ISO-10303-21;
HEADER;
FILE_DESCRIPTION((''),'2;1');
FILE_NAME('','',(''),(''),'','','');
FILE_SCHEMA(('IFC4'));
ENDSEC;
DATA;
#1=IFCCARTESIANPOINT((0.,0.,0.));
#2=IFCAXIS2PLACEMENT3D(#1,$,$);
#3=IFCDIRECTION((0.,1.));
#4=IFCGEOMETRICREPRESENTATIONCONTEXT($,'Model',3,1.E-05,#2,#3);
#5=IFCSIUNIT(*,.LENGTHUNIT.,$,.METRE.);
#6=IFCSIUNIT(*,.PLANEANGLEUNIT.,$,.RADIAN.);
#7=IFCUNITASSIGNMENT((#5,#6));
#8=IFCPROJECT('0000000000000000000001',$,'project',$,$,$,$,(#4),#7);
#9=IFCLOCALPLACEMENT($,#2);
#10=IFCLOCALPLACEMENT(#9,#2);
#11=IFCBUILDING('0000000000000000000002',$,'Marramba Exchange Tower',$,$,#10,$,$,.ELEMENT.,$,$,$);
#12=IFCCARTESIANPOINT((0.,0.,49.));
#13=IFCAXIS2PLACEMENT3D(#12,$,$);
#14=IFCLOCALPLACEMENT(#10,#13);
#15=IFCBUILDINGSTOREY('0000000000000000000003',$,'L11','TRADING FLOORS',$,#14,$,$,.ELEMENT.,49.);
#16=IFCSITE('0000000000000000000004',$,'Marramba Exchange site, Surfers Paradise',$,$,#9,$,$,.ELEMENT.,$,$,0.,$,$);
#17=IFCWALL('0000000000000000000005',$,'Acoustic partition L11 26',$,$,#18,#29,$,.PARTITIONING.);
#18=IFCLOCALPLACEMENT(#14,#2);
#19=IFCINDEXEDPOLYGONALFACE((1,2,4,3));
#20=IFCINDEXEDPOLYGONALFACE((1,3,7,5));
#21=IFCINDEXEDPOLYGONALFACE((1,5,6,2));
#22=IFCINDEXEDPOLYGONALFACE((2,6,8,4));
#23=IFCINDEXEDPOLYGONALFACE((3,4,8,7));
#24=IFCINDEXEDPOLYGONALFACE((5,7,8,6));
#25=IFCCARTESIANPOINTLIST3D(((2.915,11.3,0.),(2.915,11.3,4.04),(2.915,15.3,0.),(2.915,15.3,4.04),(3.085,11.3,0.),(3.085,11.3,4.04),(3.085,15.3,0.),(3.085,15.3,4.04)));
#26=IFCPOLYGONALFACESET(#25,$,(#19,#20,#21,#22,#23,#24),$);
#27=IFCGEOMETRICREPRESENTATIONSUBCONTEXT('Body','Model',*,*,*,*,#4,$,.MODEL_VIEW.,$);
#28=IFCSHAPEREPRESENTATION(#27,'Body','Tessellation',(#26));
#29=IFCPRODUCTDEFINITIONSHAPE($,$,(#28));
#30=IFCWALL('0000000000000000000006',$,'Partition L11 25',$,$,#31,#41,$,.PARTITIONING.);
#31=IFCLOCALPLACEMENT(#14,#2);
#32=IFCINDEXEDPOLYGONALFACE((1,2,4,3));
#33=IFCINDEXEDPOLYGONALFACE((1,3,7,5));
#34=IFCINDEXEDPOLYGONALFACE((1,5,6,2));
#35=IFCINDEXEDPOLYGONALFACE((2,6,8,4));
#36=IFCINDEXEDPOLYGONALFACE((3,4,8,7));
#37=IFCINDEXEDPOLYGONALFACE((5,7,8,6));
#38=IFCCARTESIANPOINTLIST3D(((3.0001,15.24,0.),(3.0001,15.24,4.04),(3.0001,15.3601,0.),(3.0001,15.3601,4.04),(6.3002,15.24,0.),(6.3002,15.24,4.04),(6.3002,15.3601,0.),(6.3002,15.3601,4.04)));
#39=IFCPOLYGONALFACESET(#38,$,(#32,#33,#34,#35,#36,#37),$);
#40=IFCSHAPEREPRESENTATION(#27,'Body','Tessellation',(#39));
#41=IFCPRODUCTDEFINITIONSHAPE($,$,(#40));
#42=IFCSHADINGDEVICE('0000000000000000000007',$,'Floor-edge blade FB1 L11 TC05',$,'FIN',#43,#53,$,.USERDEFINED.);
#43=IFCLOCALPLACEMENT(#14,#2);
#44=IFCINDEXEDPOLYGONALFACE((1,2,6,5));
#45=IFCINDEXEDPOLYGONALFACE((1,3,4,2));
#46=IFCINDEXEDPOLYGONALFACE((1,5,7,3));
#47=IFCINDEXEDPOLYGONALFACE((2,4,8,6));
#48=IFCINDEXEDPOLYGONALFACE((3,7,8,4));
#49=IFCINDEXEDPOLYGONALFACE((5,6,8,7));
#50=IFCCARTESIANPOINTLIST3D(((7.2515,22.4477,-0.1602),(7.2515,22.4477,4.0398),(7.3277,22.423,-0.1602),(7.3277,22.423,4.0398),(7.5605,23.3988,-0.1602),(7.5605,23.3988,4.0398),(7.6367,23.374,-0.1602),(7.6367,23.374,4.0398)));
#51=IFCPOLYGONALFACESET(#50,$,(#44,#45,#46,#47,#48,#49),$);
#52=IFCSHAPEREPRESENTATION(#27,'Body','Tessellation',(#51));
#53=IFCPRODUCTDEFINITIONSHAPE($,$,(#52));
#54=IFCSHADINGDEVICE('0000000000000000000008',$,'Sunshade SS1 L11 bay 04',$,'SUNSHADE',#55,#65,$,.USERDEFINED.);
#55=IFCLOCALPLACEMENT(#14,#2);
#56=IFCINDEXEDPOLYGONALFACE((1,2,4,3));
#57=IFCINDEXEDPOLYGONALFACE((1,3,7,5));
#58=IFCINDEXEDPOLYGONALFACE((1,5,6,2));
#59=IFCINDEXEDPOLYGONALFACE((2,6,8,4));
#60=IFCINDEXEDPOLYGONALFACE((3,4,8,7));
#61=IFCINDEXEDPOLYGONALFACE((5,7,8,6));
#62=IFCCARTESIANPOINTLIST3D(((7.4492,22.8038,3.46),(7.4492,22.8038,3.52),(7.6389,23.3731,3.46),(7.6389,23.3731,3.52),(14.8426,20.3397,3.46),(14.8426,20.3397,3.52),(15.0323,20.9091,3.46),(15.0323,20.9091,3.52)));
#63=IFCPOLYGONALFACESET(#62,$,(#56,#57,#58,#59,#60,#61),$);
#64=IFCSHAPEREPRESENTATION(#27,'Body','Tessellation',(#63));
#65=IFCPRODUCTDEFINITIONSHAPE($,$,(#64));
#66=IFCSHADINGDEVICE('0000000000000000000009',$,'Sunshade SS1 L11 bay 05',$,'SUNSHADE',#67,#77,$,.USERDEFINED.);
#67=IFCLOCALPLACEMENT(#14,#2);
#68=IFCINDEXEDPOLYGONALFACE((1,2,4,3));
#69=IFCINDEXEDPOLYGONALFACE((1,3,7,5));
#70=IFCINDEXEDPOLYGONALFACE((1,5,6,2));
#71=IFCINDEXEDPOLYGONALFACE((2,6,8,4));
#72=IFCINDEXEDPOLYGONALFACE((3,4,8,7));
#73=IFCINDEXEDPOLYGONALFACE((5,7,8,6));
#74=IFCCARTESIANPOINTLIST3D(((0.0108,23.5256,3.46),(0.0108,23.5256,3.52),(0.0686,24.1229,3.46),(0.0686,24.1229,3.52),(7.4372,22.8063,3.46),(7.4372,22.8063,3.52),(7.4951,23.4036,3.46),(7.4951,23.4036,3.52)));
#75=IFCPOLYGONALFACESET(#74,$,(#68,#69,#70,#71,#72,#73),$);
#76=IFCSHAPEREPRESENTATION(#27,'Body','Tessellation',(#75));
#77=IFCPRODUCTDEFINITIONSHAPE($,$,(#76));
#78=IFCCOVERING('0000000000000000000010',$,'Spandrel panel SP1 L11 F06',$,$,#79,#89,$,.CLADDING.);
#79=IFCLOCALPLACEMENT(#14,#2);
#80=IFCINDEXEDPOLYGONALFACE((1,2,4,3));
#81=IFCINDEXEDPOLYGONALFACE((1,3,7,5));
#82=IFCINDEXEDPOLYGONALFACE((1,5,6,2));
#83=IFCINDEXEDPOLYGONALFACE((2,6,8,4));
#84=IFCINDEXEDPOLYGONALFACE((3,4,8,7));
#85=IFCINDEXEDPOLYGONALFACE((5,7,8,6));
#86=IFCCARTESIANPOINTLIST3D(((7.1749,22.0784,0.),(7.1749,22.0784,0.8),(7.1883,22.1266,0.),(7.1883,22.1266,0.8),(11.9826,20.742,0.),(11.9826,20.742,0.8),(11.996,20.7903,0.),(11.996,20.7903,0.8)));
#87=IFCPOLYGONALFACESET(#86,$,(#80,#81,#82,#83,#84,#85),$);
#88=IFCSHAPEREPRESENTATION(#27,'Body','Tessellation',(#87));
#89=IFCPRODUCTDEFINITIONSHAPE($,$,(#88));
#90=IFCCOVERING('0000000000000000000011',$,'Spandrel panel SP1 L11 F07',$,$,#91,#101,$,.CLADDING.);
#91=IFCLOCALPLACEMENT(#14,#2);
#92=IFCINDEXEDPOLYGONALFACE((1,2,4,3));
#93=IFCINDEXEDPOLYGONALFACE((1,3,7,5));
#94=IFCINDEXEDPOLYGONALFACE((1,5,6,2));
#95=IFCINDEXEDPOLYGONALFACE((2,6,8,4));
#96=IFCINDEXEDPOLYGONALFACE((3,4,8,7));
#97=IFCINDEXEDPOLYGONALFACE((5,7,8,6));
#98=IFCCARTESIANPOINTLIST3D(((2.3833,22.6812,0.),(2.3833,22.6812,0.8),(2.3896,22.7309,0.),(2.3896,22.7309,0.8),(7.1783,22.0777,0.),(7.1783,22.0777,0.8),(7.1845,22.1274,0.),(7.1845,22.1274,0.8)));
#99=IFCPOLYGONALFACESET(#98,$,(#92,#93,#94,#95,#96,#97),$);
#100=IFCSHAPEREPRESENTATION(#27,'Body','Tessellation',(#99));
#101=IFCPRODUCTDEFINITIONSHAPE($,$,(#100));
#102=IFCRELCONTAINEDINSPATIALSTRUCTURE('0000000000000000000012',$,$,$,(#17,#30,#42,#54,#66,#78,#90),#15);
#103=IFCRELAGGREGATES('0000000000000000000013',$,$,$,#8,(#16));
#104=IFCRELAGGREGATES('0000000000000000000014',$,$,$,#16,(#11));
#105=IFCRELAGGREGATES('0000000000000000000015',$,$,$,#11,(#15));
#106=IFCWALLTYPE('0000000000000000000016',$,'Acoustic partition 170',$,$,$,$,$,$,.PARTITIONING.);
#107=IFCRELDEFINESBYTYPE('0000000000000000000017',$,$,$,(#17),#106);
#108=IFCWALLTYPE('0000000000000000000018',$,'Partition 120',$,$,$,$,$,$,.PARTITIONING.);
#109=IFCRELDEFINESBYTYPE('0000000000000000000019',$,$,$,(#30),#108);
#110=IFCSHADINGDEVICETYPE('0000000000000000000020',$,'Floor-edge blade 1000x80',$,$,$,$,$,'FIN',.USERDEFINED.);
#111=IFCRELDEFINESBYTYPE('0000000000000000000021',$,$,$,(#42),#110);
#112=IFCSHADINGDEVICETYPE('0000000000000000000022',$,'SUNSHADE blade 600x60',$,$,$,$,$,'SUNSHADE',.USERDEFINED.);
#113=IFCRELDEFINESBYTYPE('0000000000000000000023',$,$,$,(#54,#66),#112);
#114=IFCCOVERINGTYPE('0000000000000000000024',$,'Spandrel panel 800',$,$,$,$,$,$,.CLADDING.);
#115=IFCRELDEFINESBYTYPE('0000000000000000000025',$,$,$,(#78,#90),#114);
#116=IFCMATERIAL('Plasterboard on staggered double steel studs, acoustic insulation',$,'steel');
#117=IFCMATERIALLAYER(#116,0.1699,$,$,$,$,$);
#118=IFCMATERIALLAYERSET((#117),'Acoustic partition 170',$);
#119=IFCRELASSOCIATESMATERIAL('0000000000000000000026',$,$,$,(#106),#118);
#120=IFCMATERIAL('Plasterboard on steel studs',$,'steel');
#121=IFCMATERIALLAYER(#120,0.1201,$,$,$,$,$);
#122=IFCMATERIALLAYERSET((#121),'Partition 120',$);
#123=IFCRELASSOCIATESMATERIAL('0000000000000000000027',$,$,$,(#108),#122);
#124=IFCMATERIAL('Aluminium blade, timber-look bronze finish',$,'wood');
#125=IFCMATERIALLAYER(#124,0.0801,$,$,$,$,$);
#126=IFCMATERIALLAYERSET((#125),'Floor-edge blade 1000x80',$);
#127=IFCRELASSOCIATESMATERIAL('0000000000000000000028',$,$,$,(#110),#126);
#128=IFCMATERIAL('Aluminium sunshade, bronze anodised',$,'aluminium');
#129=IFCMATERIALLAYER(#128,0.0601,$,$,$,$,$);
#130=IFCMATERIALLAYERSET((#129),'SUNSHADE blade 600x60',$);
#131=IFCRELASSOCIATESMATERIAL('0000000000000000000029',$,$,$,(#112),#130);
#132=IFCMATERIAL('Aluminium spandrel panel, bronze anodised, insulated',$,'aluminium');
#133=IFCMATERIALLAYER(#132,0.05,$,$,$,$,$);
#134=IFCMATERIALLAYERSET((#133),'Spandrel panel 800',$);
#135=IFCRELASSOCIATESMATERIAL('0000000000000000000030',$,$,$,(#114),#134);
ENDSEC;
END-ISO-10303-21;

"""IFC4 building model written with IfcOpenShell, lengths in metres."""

from ifc_helpers import new_model, si_unit, direction, frame, frame_2d, origin, origin_2d, place, context, subcontext, project, spatial, rectangle, extrude, material, layer, layer_set, type_object, element, save


model = new_model("IFC4")

# Units and contexts
model_context = context("Model", 3, precision=1e-05, world=origin(), true_north=direction((0.0, 1.0)))
body_context = subcontext(model_context, "Body", "Model", "MODEL_VIEW")
ifc_project = project(units=[si_unit("LENGTHUNIT", "METRE"), si_unit("PLANEANGLEUNIT", "RADIAN")], contexts=[model_context])

# Site, building, storey
site_placement = place(None, origin())
site = spatial("IfcSite", under=ifc_project, at=site_placement, Name="Marramba Exchange site, Surfers Paradise", CompositionType="ELEMENT", RefElevation=0.0)
building_placement = place(site_placement, origin())
building = spatial("IfcBuilding", under=site, at=building_placement, Name="Marramba Exchange Tower", CompositionType="ELEMENT")
storey_placement = place(building_placement, frame((0.0, 0.0, 49.0)))
storey = spatial("IfcBuildingStorey", under=building, at=storey_placement, Name="L11", Description="TRADING FLOORS", CompositionType="ELEMENT", Elevation=49.0)

# Wall
ifc_material_1 = material(Name="Plasterboard on staggered double steel studs, acoustic insulation", Category="steel")
ifc_layer_1 = layer(ifc_material_1, 0.1699)
ifc_layer_set_1 = layer_set([ifc_layer_1], Name="Acoustic partition 170")
wall_type_1 = type_object("IfcWallType", Name="Acoustic partition 170", PredefinedType="PARTITIONING", material=ifc_layer_set_1)
wall_1_placement = place(storey_placement, frame((3.0, 15.3, 0.0), z_axis=(0.0, 0.0, 1.0), x_axis=(0.0, -1.0, 0.0)))
element("IfcWall", 1, at=wall_1_placement, inside=storey, type_object=wall_type_1, Name="Acoustic partition L11 26", PredefinedType="PARTITIONING", context=body_context, shape_type="SweptSolid", body=[
    extrude(rectangle(XDim=4.0, YDim=0.1699, at=frame_2d((2.0, 0.0))), origin(), (0.0, 0.0, 1.0), 4.04),
])

# Wall
ifc_material_2 = material(Name="Plasterboard on steel studs", Category="steel")
ifc_layer_2 = layer(ifc_material_2, 0.1201)
ifc_layer_set_2 = layer_set([ifc_layer_2], Name="Partition 120")
wall_type_2 = type_object("IfcWallType", Name="Partition 120", PredefinedType="PARTITIONING", material=ifc_layer_set_2)
wall_2_placement = place(storey_placement, frame((6.3, 15.3, 0.0), z_axis=(0.0, 0.0, 1.0), x_axis=(-1.0, 0.0, 0.0)))
element("IfcWall", 2, at=wall_2_placement, inside=storey, type_object=wall_type_2, Name="Partition L11 25", PredefinedType="PARTITIONING", context=body_context, shape_type="SweptSolid", body=[
    extrude(rectangle(XDim=3.3, YDim=0.1201, at=frame_2d((1.6499, 0.0))), origin(), (0.0, 0.0, 1.0), 4.04),
])

# Shading devices
ifc_material_3 = material(Name="Aluminium blade, timber-look bronze finish", Category="wood")
ifc_layer_3 = layer(ifc_material_3, 0.0801)
ifc_layer_set_3 = layer_set([ifc_layer_3], Name="Floor-edge blade 1000x80")
shading_device_type_1 = type_object("IfcShadingDeviceType", Name="Floor-edge blade 1000x80", ElementType="FIN", PredefinedType="USERDEFINED", material=ifc_layer_set_3)
shading_device_1_placement = place(storey_placement, frame((7.4441, 22.9109, -0.1602), z_axis=(0.0, 0.0, 1.0), x_axis=(0.309017, 0.951057, 0.0)))
element("IfcShadingDevice", 3, at=shading_device_1_placement, inside=storey, type_object=shading_device_type_1, Name="Floor-edge blade FB1 L11 TC05", ObjectType="FIN", PredefinedType="USERDEFINED", context=body_context, shape_type="SweptSolid", body=[
    extrude(rectangle(XDim=1.0, YDim=0.0801, at=origin_2d()), origin(), (0.0, 0.0, 1.0), 4.2),
])
ifc_material_4 = material(Name="Aluminium sunshade, bronze anodised", Category="aluminium")
ifc_layer_4 = layer(ifc_material_4, 0.0601)
ifc_layer_set_4 = layer_set([ifc_layer_4], Name="SUNSHADE blade 600x60")
shading_device_type_2 = type_object("IfcShadingDeviceType", Name="SUNSHADE blade 600x60", ElementType="SUNSHADE", PredefinedType="USERDEFINED", material=ifc_layer_set_4)
shading_device_2_placement = place(storey_placement, frame((11.2407, 21.8564, 3.46), z_axis=(0.0, 0.0, 1.0), x_axis=(-0.948698, 0.316184, 0.0)))
element("IfcShadingDevice", 4, at=shading_device_2_placement, inside=storey, type_object=shading_device_type_2, Name="Sunshade SS1 L11 bay 04", ObjectType="SUNSHADE", PredefinedType="USERDEFINED", context=body_context, shape_type="SweptSolid", body=[
    extrude(rectangle(XDim=7.7932, YDim=0.6001, at=origin_2d()), origin(), (0.0, 0.0, 1.0), 0.0601),
])
shading_device_3_placement = place(storey_placement, frame((3.7529, 23.4646, 3.46), z_axis=(0.0, 0.0, 1.0), x_axis=(-0.995343, 0.096398, 0.0)))
element("IfcShadingDevice", 5, at=shading_device_3_placement, inside=storey, type_object=shading_device_type_2, Name="Sunshade SS1 L11 bay 05", ObjectType="SUNSHADE", PredefinedType="USERDEFINED", context=body_context, shape_type="SweptSolid", body=[
    extrude(rectangle(XDim=7.4612, YDim=0.6001, at=origin_2d()), origin(), (0.0, 0.0, 1.0), 0.0601),
])

# Coverings
ifc_material_5 = material(Name="Aluminium spandrel panel, bronze anodised, insulated", Category="aluminium")
ifc_layer_5 = layer(ifc_material_5, 0.05)
ifc_layer_set_5 = layer_set([ifc_layer_5], Name="Spandrel panel 800")
covering_type = type_object("IfcCoveringType", Name="Spandrel panel 800", PredefinedType="CLADDING", material=ifc_layer_set_5)
covering_1_placement = place(storey_placement, frame((9.5854, 21.4343, 0.0), z_axis=(0.0, 0.0, 1.0), x_axis=(-0.963472, 0.267809, 0.0)))
element("IfcCovering", 6, at=covering_1_placement, inside=storey, type_object=covering_type, Name="Spandrel panel SP1 L11 F06", PredefinedType="CLADDING", context=body_context, shape_type="SweptSolid", body=[
    extrude(rectangle(XDim=4.99, YDim=0.05, at=origin_2d()), origin(), (0.0, 0.0, 1.0), 0.8),
])
covering_2_placement = place(storey_placement, frame((4.7839, 22.4043, 0.0), z_axis=(0.0, 0.0, 1.0), x_axis=(-0.992173, 0.124873, 0.0)))
element("IfcCovering", 7, at=covering_2_placement, inside=storey, type_object=covering_type, Name="Spandrel panel SP1 L11 F07", PredefinedType="CLADDING", context=body_context, shape_type="SweptSolid", body=[
    extrude(rectangle(XDim=4.8328, YDim=0.05, at=origin_2d()), origin(), (0.0, 0.0, 1.0), 0.8),
])

save(model, "model.ifc")
